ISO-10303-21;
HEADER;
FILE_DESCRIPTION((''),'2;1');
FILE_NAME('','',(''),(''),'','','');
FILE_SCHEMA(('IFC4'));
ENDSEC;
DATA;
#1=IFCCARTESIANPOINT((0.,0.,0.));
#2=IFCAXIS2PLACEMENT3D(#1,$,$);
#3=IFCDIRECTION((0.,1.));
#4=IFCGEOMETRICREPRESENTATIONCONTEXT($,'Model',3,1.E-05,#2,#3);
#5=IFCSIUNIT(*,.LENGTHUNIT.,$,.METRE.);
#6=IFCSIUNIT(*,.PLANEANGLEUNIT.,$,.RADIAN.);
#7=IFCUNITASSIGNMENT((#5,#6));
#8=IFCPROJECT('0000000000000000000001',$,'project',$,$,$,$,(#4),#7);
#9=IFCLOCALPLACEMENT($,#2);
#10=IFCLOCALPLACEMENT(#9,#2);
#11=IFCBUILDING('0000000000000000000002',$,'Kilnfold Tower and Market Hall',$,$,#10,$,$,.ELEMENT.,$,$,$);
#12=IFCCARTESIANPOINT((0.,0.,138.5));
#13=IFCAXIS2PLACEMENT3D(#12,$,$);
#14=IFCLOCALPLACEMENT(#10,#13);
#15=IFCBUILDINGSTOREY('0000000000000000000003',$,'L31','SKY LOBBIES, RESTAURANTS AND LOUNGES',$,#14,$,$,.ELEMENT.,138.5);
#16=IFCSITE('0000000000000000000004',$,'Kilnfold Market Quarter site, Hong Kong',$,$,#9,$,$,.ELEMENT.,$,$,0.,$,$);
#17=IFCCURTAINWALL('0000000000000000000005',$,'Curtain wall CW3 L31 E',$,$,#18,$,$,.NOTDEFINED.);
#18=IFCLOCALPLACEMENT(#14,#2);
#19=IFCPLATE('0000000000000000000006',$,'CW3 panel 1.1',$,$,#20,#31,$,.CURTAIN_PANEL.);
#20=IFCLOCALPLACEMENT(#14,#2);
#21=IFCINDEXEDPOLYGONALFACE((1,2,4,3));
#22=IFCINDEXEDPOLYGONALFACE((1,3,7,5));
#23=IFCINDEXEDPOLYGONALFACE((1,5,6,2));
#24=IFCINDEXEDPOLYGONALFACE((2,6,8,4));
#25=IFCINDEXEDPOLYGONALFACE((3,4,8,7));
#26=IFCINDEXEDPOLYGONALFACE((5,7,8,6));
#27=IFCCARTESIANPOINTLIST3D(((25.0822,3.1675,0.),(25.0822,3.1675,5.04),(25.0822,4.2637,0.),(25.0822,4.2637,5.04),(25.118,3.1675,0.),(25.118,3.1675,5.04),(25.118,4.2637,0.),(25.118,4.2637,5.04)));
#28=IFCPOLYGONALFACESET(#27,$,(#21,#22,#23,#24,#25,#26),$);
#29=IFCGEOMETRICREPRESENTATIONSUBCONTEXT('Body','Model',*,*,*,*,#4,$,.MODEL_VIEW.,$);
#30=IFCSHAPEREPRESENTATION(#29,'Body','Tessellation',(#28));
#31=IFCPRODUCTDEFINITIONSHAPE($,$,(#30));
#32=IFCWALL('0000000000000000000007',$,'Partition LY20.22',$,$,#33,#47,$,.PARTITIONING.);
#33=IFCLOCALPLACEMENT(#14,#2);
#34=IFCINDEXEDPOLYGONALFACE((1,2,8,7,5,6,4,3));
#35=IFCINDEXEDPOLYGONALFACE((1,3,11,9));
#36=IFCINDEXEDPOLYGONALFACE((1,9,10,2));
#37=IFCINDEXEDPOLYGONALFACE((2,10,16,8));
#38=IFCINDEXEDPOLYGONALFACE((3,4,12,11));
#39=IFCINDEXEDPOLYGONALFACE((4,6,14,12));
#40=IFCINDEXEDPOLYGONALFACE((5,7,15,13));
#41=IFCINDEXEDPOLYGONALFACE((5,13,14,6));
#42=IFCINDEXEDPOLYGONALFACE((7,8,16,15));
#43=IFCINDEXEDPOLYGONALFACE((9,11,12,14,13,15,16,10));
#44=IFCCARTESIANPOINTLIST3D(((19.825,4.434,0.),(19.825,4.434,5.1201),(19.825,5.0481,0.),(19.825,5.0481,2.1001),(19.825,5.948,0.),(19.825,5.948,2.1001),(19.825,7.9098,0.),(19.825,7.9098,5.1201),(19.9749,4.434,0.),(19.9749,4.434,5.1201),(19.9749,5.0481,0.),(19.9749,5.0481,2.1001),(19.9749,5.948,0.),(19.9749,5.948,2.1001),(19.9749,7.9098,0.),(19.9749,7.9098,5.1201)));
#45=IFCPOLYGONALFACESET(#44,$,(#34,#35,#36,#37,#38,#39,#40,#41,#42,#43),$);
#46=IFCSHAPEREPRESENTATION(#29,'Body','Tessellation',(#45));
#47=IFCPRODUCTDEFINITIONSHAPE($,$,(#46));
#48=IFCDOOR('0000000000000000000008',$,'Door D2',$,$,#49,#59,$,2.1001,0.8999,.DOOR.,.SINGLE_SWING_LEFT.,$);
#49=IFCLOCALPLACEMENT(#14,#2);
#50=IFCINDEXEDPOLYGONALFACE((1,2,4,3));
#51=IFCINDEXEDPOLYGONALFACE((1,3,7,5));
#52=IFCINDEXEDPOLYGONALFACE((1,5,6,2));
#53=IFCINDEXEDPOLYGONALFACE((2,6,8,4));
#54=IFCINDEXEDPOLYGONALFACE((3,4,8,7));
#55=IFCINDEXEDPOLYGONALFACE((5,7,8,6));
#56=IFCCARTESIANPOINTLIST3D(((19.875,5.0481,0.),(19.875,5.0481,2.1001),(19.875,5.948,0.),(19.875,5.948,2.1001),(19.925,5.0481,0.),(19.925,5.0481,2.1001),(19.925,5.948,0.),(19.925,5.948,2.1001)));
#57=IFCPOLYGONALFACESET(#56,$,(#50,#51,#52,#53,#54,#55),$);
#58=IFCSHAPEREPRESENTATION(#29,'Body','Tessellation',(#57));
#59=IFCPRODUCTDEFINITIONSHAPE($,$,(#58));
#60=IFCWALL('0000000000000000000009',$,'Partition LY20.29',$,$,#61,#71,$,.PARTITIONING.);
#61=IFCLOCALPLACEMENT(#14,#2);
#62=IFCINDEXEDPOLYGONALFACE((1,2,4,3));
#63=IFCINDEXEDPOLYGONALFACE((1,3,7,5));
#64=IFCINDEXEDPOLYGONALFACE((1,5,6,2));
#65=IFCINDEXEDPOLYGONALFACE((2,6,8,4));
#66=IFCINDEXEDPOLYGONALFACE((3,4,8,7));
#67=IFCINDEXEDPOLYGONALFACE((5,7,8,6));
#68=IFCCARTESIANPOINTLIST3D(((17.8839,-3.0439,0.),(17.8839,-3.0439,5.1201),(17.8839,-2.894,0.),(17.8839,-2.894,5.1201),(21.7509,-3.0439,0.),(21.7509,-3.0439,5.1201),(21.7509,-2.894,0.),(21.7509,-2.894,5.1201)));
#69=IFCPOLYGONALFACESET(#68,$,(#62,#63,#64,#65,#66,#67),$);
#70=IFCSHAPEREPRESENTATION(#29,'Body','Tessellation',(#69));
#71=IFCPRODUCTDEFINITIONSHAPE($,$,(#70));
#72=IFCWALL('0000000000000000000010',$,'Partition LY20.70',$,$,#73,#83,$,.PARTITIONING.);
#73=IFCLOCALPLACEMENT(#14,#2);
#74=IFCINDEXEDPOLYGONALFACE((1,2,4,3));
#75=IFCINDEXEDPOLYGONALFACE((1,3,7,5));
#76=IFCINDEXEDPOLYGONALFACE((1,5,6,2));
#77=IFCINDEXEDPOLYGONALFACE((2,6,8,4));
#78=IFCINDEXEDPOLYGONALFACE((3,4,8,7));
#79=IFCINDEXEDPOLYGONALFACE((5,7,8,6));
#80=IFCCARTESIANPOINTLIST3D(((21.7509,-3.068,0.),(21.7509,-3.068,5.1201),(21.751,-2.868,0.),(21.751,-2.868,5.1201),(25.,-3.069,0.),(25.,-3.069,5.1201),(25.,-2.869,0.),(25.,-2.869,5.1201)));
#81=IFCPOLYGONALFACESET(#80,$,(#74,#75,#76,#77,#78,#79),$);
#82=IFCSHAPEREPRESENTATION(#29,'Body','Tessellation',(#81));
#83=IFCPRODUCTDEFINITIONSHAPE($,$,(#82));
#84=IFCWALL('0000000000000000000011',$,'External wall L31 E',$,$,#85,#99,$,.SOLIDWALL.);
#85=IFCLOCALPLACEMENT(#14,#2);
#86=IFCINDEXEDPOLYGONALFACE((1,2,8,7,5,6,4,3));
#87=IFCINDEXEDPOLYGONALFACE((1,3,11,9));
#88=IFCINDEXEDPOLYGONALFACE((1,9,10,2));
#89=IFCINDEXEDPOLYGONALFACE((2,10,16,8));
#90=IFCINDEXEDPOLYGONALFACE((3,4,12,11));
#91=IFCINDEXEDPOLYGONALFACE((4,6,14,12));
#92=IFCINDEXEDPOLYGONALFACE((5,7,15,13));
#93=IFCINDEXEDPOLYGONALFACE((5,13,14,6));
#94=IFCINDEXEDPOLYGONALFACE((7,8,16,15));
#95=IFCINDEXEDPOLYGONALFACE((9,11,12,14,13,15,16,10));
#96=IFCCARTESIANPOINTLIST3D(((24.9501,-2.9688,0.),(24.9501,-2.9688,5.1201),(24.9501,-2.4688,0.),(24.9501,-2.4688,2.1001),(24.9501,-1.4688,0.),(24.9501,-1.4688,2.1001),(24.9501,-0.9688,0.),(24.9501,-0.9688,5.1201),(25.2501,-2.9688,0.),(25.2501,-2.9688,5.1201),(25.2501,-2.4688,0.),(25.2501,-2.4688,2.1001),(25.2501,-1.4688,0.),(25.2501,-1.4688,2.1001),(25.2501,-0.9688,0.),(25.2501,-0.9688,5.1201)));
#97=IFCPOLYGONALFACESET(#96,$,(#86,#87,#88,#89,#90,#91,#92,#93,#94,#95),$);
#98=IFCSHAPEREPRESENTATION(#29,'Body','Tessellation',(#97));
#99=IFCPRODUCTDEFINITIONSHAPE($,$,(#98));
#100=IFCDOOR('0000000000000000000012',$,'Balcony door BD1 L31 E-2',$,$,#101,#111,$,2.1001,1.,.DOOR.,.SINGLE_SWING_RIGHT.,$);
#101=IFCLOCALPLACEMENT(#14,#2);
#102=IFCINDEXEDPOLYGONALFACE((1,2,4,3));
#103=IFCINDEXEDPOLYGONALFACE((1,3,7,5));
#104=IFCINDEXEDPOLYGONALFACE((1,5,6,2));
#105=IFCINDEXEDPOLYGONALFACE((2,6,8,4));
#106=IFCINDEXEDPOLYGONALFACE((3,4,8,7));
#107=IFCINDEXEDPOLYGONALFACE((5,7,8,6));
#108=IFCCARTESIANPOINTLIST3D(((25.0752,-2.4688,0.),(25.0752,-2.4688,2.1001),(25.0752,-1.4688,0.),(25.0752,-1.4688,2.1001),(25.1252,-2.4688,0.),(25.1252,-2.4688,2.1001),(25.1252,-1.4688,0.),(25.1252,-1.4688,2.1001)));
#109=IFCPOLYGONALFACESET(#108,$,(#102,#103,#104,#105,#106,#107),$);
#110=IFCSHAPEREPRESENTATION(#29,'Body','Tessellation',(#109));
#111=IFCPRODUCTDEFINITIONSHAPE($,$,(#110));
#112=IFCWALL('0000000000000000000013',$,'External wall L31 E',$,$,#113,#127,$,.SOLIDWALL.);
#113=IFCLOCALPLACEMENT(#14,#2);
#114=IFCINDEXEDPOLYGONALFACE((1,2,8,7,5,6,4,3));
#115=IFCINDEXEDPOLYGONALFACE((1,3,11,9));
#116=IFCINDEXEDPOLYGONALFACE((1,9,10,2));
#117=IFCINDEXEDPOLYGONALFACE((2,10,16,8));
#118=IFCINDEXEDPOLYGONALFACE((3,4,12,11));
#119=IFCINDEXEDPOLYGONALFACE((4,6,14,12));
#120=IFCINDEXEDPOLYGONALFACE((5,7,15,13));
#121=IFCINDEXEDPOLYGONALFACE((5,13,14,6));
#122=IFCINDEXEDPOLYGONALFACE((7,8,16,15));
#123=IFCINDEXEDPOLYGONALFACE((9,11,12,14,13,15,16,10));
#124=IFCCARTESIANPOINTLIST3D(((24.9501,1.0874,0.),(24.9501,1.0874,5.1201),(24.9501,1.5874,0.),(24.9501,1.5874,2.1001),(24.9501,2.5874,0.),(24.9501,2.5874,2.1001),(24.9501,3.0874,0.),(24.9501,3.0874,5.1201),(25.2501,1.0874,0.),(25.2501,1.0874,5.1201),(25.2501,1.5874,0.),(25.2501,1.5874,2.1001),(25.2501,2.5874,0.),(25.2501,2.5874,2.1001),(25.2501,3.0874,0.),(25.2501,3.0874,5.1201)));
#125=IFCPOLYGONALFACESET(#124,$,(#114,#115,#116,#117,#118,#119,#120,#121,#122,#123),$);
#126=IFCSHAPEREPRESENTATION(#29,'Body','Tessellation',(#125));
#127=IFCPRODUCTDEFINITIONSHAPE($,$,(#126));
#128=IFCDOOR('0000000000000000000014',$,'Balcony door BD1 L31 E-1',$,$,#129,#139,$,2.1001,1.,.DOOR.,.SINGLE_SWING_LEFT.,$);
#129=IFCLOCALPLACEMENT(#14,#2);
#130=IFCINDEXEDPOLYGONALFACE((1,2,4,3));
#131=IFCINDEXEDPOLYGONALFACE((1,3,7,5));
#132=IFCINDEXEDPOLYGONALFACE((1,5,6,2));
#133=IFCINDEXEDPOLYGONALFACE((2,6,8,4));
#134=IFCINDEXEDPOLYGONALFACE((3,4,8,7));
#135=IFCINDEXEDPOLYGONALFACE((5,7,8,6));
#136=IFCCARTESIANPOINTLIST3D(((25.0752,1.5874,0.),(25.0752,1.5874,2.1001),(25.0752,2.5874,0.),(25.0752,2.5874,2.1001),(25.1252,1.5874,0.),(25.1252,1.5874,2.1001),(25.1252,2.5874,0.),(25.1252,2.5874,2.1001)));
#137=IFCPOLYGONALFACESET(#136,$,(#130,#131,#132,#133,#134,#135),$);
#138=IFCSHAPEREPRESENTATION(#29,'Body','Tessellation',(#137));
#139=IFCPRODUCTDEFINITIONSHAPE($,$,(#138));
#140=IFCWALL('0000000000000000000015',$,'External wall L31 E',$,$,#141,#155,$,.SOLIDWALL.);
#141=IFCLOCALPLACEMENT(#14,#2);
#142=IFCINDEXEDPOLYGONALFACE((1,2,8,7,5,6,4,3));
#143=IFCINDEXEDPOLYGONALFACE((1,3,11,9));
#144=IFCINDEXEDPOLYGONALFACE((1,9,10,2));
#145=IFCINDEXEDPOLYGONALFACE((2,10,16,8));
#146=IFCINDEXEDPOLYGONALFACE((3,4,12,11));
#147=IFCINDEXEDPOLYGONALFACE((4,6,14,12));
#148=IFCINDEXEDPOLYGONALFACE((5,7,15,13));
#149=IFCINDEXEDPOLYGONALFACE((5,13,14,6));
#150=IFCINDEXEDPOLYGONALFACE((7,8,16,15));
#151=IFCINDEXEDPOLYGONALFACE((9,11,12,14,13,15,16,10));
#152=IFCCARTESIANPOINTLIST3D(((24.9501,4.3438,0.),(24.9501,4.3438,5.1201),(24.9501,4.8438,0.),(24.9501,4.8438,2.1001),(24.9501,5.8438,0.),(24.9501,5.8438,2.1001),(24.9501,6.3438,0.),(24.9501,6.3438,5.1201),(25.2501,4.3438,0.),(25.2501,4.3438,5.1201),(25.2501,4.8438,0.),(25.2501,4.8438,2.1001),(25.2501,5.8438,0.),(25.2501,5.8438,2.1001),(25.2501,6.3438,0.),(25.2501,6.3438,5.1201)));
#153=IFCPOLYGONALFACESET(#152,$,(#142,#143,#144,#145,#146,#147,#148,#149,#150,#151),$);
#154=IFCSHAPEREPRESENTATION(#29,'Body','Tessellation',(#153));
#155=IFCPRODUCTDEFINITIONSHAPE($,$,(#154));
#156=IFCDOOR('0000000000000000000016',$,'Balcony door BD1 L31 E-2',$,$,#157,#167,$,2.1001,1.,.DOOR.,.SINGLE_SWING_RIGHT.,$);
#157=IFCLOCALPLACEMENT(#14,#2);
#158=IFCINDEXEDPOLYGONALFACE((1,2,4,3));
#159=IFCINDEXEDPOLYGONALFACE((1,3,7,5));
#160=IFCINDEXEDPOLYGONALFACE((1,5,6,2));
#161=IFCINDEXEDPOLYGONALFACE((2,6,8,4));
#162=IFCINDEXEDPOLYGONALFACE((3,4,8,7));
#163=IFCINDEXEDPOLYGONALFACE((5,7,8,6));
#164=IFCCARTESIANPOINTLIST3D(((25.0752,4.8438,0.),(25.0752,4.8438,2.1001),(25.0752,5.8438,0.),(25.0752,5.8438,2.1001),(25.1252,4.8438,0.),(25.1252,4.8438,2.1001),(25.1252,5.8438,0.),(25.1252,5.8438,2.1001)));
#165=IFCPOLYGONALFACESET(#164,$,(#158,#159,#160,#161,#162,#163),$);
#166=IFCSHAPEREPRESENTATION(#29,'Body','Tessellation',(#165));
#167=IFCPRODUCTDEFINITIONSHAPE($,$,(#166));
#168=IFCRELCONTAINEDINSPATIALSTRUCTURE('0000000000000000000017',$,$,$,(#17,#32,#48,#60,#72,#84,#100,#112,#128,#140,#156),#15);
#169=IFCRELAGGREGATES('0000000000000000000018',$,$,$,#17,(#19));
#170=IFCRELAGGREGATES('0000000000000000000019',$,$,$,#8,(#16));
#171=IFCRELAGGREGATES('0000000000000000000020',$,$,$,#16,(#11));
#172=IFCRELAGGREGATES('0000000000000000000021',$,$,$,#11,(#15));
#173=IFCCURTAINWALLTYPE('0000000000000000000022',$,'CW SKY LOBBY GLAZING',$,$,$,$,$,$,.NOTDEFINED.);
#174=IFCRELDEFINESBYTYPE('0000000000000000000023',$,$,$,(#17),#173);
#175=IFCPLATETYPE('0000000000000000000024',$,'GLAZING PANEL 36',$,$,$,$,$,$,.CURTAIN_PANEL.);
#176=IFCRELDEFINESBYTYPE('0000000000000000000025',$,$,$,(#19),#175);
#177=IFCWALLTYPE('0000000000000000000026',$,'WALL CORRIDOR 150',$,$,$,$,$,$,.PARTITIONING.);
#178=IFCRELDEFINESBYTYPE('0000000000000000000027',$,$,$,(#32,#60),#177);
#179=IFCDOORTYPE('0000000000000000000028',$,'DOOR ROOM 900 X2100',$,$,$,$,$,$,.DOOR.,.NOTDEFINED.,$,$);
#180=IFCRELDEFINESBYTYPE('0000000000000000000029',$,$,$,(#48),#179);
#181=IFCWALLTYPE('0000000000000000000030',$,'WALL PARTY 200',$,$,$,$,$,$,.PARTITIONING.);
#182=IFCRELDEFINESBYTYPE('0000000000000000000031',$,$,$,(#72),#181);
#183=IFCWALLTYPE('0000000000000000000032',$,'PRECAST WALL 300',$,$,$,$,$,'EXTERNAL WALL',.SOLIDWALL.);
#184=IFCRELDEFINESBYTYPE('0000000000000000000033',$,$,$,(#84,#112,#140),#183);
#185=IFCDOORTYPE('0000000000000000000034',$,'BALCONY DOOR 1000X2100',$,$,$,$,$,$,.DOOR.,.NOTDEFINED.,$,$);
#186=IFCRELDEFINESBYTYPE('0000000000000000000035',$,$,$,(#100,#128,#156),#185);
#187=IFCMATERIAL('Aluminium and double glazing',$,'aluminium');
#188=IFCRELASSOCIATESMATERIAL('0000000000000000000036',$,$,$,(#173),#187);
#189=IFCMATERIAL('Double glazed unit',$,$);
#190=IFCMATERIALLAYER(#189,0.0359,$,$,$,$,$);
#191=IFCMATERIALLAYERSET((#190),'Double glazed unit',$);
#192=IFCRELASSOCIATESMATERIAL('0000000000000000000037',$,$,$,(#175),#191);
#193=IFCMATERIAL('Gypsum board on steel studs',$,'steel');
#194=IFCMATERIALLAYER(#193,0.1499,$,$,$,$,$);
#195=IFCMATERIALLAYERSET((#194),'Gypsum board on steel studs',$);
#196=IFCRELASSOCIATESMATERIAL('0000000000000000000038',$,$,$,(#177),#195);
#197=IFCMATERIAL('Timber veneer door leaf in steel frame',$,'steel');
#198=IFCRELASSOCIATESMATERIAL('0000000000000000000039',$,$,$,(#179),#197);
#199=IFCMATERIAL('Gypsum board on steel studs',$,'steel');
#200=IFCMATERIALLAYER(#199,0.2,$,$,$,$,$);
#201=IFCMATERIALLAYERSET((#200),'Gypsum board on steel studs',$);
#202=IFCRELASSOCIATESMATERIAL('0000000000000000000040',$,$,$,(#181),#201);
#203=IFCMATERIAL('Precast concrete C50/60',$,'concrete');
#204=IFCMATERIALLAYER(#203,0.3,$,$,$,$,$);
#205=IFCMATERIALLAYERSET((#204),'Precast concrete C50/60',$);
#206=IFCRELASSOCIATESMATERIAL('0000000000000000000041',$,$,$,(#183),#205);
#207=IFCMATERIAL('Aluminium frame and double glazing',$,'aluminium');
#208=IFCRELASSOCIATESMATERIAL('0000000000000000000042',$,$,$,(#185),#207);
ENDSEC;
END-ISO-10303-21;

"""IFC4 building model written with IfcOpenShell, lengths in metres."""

from ifc_helpers import new_model, si_unit, direction, frame, frame_2d, origin, origin_2d, place, context, subcontext, project, spatial, rectangle, extrude, source, transform, mapped, material, layer, layer_set, type_object, element, fill, aggregate, save


model = new_model("IFC4")

# Units and contexts
model_context = context("Model", 3, precision=1e-05, world=origin(), true_north=direction((0.0, 1.0)))
body_context = subcontext(model_context, "Body", "Model", "MODEL_VIEW")
ifc_project = project(units=[si_unit("LENGTHUNIT", "METRE"), si_unit("PLANEANGLEUNIT", "RADIAN")], contexts=[model_context])

# Site, building, storey
site_placement = place(None, origin())
site = spatial("IfcSite", under=ifc_project, at=site_placement, Name="Kilnfold Market Quarter site, Hong Kong", CompositionType="ELEMENT", RefElevation=0.0)
building_placement = place(site_placement, origin())
building = spatial("IfcBuilding", under=site, at=building_placement, Name="Kilnfold Tower and Market Hall", CompositionType="ELEMENT")
storey_placement = place(building_placement, frame((0.0, 0.0, 138.5)))
storey = spatial("IfcBuildingStorey", under=building, at=storey_placement, Name="L31", Description="SKY LOBBIES, RESTAURANTS AND LOUNGES", CompositionType="ELEMENT", Elevation=138.5)

# Shared definitions
ifc_material_1 = material(Name="Aluminium and double glazing", Category="aluminium")
curtain_wall_type = type_object("IfcCurtainWallType", Name="CW SKY LOBBY GLAZING", PredefinedType="NOTDEFINED", material=ifc_material_1)

# Curtain wall
curtain_wall_1_placement = place(storey_placement, origin())
curtain_wall_1 = element("IfcCurtainWall", 1, at=curtain_wall_1_placement, inside=storey, type_object=curtain_wall_type, Name="Curtain wall CW3 L31 E", PredefinedType="NOTDEFINED")

# Plate
ifc_material_2 = material(Name="Double glazed unit")
ifc_layer_1 = layer(ifc_material_2, 0.0359)
ifc_layer_set_1 = layer_set([ifc_layer_1], Name="Double glazed unit")
plate_type = type_object("IfcPlateType", Name="GLAZING PANEL 36", PredefinedType="CURTAIN_PANEL", material=ifc_layer_set_1)
shared_shape_1 = source(origin(), body_context, "Body", "SweptSolid", [
    extrude(rectangle(XDim=1.0962, YDim=0.0359, at=origin_2d()), origin(), (0.0, 0.0, 1.0), 5.04),
])
plate_1_placement = place(storey_placement, frame((25.1001, 3.7156, 0.0), z_axis=(0.0, 0.0, 1.0), x_axis=(0.0, 1.0, 0.0)))
plate_1 = element("IfcPlate", 2, at=plate_1_placement, type_object=plate_type, Name="CW3 panel 1.1", PredefinedType="CURTAIN_PANEL", context=body_context, shape_type="MappedRepresentation", body=[
    mapped(shared_shape_1, transform((0.0, 0.0, 0.0))),
])
aggregate(curtain_wall_1, [plate_1])

# Wall, opening, door
ifc_material_3 = material(Name="Gypsum board on steel studs", Category="steel")
ifc_layer_2 = layer(ifc_material_3, 0.1499)
ifc_layer_set_2 = layer_set([ifc_layer_2], Name="Gypsum board on steel studs")
wall_type_1 = type_object("IfcWallType", Name="WALL CORRIDOR 150", PredefinedType="PARTITIONING", material=ifc_layer_set_2)
wall_1_placement = place(storey_placement, frame((19.8999, 4.4341, 0.0), z_axis=(0.0, 0.0, 1.0), x_axis=(0.0, 1.0, 0.0)))
wall_1 = element("IfcWall", 3, at=wall_1_placement, inside=storey, type_object=wall_type_1, Name="Partition LY20.22", PredefinedType="PARTITIONING", context=body_context, shape_type="SweptSolid", body=[
    extrude(rectangle(XDim=3.4758, YDim=0.1499, at=frame_2d((1.7378, 0.0))), origin(), (0.0, 0.0, 1.0), 5.1201),
])
opening_1_placement = place(wall_1_placement, frame((0.614, 0.0, 0.0)))
opening_1 = element("IfcOpeningElement", 4, at=opening_1_placement, cuts=wall_1, PredefinedType="OPENING", context=body_context, shape_type="SweptSolid", body=[
    extrude(rectangle(XDim=0.8999, YDim=2.1001, at=frame_2d((0.45, 1.05))), frame((0.0, 0.085, 0.0), z_axis=(0.0, -1.0, 0.0), x_axis=(1.0, 0.0, 0.0)), (0.0, 0.0, 1.0), 0.1699),
])
ifc_material_4 = material(Name="Timber veneer door leaf in steel frame", Category="steel")
door_type_1 = type_object("IfcDoorType", Name="DOOR ROOM 900 X2100", OperationType="NOTDEFINED", PredefinedType="DOOR", material=ifc_material_4)
door_1_placement = place(opening_1_placement, origin())
door_1 = element("IfcDoor", 5, at=door_1_placement, inside=storey, type_object=door_type_1, Name="Door D2", OperationType="SINGLE_SWING_LEFT", OverallHeight=2.1001, OverallWidth=0.8999, PredefinedType="DOOR", context=body_context, shape_type="SweptSolid", body=[
    extrude(rectangle(XDim=0.8999, YDim=2.1001, at=frame_2d((0.45, 1.05))), frame((0.0, 0.0249, 0.0), z_axis=(0.0, -1.0, 0.0), x_axis=(1.0, 0.0, 0.0)), (0.0, 0.0, 1.0), 0.05),
])
fill(opening_1, door_1)

# Walls
wall_2_placement = place(storey_placement, frame((21.751, -2.969, 0.0), z_axis=(0.0, 0.0, 1.0), x_axis=(-1.0, 0.0, 0.0)))
element("IfcWall", 6, at=wall_2_placement, inside=storey, type_object=wall_type_1, Name="Partition LY20.29", PredefinedType="PARTITIONING", context=body_context, shape_type="SweptSolid", body=[
    extrude(rectangle(XDim=3.8669, YDim=0.1499, at=frame_2d((1.9336, 0.0))), origin(), (0.0, 0.0, 1.0), 5.1201),
])
ifc_material_5 = material(Name="Gypsum board on steel studs", Category="steel")
ifc_layer_3 = layer(ifc_material_5, 0.2)
ifc_layer_set_3 = layer_set([ifc_layer_3], Name="Gypsum board on steel studs")
wall_type_2 = type_object("IfcWallType", Name="WALL PARTY 200", PredefinedType="PARTITIONING", material=ifc_layer_set_3)
wall_3_placement = place(storey_placement, frame((21.751, -2.968, 0.0), z_axis=(0.0, 0.0, 1.0), x_axis=(1.0, -0.000301, 0.0)))
element("IfcWall", 7, at=wall_3_placement, inside=storey, type_object=wall_type_2, Name="Partition LY20.70", PredefinedType="PARTITIONING", context=body_context, shape_type="SweptSolid", body=[
    extrude(rectangle(XDim=3.249, YDim=0.2, at=frame_2d((1.6245, 0.0))), origin(), (0.0, 0.0, 1.0), 5.1201),
])

# Walls, openings, doors
ifc_material_6 = material(Name="Precast concrete C50/60", Category="concrete")
ifc_layer_4 = layer(ifc_material_6, 0.3)
ifc_layer_set_4 = layer_set([ifc_layer_4], Name="Precast concrete C50/60")
wall_type_3 = type_object("IfcWallType", Name="PRECAST WALL 300", ElementType="EXTERNAL WALL", PredefinedType="SOLIDWALL", material=ifc_layer_set_4)
shared_shape_2 = source(origin(), body_context, "Body", "SweptSolid", [
    extrude(rectangle(XDim=2.0, YDim=0.3, at=frame_2d((1.0, 0.0))), origin(), (0.0, 0.0, 1.0), 5.1201),
])
wall_4_placement = place(storey_placement, frame((25.1001, -2.9688, 0.0), z_axis=(0.0, 0.0, 1.0), x_axis=(0.0, 1.0, 0.0)))
wall_4 = element("IfcWall", 8, at=wall_4_placement, inside=storey, type_object=wall_type_3, Name="External wall L31 E", PredefinedType="SOLIDWALL", context=body_context, shape_type="MappedRepresentation", body=[
    mapped(shared_shape_2, transform((0.0, 0.0, 0.0))),
])
opening_2_placement = place(wall_4_placement, frame((0.5, 0.0, 0.0)))
opening_2 = element("IfcOpeningElement", 9, at=opening_2_placement, cuts=wall_4, PredefinedType="OPENING", context=body_context, shape_type="SweptSolid", body=[
    extrude(rectangle(XDim=1.0, YDim=2.1001, at=frame_2d((0.5, 1.05))), frame((0.0, 0.1602, 0.0), z_axis=(0.0, -1.0, 0.0), x_axis=(1.0, 0.0, 0.0)), (0.0, 0.0, 1.0), 0.3201),
])
ifc_material_7 = material(Name="Aluminium frame and double glazing", Category="aluminium")
door_type_2 = type_object("IfcDoorType", Name="BALCONY DOOR 1000X2100", OperationType="NOTDEFINED", PredefinedType="DOOR", material=ifc_material_7)
door_2_placement = place(opening_2_placement, origin())
door_2 = element("IfcDoor", 10, at=door_2_placement, inside=storey, type_object=door_type_2, Name="Balcony door BD1 L31 E-2", OperationType="SINGLE_SWING_RIGHT", OverallHeight=2.1001, OverallWidth=1.0, PredefinedType="DOOR", context=body_context, shape_type="SweptSolid", body=[
    extrude(rectangle(XDim=1.0, YDim=2.1001, at=frame_2d((0.5, 1.05))), frame((0.0, 0.0249, 0.0), z_axis=(0.0, -1.0, 0.0), x_axis=(1.0, 0.0, 0.0)), (0.0, 0.0, 1.0), 0.05),
])
fill(opening_2, door_2)
wall_5_placement = place(storey_placement, frame((25.1001, 1.0874, 0.0), z_axis=(0.0, 0.0, 1.0), x_axis=(0.0, 1.0, 0.0)))
wall_5 = element("IfcWall", 11, at=wall_5_placement, inside=storey, type_object=wall_type_3, Name="External wall L31 E", PredefinedType="SOLIDWALL", context=body_context, shape_type="MappedRepresentation", body=[
    mapped(shared_shape_2, transform((0.0, 0.0, 0.0))),
])
opening_3_placement = place(wall_5_placement, frame((0.5, 0.0, 0.0)))
opening_3 = element("IfcOpeningElement", 12, at=opening_3_placement, cuts=wall_5, PredefinedType="OPENING", context=body_context, shape_type="SweptSolid", body=[
    extrude(rectangle(XDim=1.0, YDim=2.1001, at=frame_2d((0.5, 1.05))), frame((0.0, 0.1602, 0.0), z_axis=(0.0, -1.0, 0.0), x_axis=(1.0, 0.0, 0.0)), (0.0, 0.0, 1.0), 0.3201),
])
door_3_placement = place(opening_3_placement, origin())
door_3 = element("IfcDoor", 13, at=door_3_placement, inside=storey, type_object=door_type_2, Name="Balcony door BD1 L31 E-1", OperationType="SINGLE_SWING_LEFT", OverallHeight=2.1001, OverallWidth=1.0, PredefinedType="DOOR", context=body_context, shape_type="SweptSolid", body=[
    extrude(rectangle(XDim=1.0, YDim=2.1001, at=frame_2d((0.5, 1.05))), frame((0.0, 0.0249, 0.0), z_axis=(0.0, -1.0, 0.0), x_axis=(1.0, 0.0, 0.0)), (0.0, 0.0, 1.0), 0.05),
])
fill(opening_3, door_3)
wall_6_placement = place(storey_placement, frame((25.1001, 4.3438, 0.0), z_axis=(0.0, 0.0, 1.0), x_axis=(0.0, 1.0, 0.0)))
wall_6 = element("IfcWall", 14, at=wall_6_placement, inside=storey, type_object=wall_type_3, Name="External wall L31 E", PredefinedType="SOLIDWALL", context=body_context, shape_type="MappedRepresentation", body=[
    mapped(shared_shape_2, transform((0.0, 0.0, 0.0))),
])
opening_4_placement = place(wall_6_placement, frame((0.5, 0.0, 0.0)))
opening_4 = element("IfcOpeningElement", 15, at=opening_4_placement, cuts=wall_6, PredefinedType="OPENING", context=body_context, shape_type="SweptSolid", body=[
    extrude(rectangle(XDim=1.0, YDim=2.1001, at=frame_2d((0.5, 1.05))), frame((0.0, 0.1602, 0.0), z_axis=(0.0, -1.0, 0.0), x_axis=(1.0, 0.0, 0.0)), (0.0, 0.0, 1.0), 0.3201),
])
door_4_placement = place(opening_4_placement, origin())
door_4 = element("IfcDoor", 16, at=door_4_placement, inside=storey, type_object=door_type_2, Name="Balcony door BD1 L31 E-2", OperationType="SINGLE_SWING_RIGHT", OverallHeight=2.1001, OverallWidth=1.0, PredefinedType="DOOR", context=body_context, shape_type="SweptSolid", body=[
    extrude(rectangle(XDim=1.0, YDim=2.1001, at=frame_2d((0.5, 1.05))), frame((0.0, 0.0249, 0.0), z_axis=(0.0, -1.0, 0.0), x_axis=(1.0, 0.0, 0.0)), (0.0, 0.0, 1.0), 0.05),
])
fill(opening_4, door_4)

save(model, "model.ifc")
